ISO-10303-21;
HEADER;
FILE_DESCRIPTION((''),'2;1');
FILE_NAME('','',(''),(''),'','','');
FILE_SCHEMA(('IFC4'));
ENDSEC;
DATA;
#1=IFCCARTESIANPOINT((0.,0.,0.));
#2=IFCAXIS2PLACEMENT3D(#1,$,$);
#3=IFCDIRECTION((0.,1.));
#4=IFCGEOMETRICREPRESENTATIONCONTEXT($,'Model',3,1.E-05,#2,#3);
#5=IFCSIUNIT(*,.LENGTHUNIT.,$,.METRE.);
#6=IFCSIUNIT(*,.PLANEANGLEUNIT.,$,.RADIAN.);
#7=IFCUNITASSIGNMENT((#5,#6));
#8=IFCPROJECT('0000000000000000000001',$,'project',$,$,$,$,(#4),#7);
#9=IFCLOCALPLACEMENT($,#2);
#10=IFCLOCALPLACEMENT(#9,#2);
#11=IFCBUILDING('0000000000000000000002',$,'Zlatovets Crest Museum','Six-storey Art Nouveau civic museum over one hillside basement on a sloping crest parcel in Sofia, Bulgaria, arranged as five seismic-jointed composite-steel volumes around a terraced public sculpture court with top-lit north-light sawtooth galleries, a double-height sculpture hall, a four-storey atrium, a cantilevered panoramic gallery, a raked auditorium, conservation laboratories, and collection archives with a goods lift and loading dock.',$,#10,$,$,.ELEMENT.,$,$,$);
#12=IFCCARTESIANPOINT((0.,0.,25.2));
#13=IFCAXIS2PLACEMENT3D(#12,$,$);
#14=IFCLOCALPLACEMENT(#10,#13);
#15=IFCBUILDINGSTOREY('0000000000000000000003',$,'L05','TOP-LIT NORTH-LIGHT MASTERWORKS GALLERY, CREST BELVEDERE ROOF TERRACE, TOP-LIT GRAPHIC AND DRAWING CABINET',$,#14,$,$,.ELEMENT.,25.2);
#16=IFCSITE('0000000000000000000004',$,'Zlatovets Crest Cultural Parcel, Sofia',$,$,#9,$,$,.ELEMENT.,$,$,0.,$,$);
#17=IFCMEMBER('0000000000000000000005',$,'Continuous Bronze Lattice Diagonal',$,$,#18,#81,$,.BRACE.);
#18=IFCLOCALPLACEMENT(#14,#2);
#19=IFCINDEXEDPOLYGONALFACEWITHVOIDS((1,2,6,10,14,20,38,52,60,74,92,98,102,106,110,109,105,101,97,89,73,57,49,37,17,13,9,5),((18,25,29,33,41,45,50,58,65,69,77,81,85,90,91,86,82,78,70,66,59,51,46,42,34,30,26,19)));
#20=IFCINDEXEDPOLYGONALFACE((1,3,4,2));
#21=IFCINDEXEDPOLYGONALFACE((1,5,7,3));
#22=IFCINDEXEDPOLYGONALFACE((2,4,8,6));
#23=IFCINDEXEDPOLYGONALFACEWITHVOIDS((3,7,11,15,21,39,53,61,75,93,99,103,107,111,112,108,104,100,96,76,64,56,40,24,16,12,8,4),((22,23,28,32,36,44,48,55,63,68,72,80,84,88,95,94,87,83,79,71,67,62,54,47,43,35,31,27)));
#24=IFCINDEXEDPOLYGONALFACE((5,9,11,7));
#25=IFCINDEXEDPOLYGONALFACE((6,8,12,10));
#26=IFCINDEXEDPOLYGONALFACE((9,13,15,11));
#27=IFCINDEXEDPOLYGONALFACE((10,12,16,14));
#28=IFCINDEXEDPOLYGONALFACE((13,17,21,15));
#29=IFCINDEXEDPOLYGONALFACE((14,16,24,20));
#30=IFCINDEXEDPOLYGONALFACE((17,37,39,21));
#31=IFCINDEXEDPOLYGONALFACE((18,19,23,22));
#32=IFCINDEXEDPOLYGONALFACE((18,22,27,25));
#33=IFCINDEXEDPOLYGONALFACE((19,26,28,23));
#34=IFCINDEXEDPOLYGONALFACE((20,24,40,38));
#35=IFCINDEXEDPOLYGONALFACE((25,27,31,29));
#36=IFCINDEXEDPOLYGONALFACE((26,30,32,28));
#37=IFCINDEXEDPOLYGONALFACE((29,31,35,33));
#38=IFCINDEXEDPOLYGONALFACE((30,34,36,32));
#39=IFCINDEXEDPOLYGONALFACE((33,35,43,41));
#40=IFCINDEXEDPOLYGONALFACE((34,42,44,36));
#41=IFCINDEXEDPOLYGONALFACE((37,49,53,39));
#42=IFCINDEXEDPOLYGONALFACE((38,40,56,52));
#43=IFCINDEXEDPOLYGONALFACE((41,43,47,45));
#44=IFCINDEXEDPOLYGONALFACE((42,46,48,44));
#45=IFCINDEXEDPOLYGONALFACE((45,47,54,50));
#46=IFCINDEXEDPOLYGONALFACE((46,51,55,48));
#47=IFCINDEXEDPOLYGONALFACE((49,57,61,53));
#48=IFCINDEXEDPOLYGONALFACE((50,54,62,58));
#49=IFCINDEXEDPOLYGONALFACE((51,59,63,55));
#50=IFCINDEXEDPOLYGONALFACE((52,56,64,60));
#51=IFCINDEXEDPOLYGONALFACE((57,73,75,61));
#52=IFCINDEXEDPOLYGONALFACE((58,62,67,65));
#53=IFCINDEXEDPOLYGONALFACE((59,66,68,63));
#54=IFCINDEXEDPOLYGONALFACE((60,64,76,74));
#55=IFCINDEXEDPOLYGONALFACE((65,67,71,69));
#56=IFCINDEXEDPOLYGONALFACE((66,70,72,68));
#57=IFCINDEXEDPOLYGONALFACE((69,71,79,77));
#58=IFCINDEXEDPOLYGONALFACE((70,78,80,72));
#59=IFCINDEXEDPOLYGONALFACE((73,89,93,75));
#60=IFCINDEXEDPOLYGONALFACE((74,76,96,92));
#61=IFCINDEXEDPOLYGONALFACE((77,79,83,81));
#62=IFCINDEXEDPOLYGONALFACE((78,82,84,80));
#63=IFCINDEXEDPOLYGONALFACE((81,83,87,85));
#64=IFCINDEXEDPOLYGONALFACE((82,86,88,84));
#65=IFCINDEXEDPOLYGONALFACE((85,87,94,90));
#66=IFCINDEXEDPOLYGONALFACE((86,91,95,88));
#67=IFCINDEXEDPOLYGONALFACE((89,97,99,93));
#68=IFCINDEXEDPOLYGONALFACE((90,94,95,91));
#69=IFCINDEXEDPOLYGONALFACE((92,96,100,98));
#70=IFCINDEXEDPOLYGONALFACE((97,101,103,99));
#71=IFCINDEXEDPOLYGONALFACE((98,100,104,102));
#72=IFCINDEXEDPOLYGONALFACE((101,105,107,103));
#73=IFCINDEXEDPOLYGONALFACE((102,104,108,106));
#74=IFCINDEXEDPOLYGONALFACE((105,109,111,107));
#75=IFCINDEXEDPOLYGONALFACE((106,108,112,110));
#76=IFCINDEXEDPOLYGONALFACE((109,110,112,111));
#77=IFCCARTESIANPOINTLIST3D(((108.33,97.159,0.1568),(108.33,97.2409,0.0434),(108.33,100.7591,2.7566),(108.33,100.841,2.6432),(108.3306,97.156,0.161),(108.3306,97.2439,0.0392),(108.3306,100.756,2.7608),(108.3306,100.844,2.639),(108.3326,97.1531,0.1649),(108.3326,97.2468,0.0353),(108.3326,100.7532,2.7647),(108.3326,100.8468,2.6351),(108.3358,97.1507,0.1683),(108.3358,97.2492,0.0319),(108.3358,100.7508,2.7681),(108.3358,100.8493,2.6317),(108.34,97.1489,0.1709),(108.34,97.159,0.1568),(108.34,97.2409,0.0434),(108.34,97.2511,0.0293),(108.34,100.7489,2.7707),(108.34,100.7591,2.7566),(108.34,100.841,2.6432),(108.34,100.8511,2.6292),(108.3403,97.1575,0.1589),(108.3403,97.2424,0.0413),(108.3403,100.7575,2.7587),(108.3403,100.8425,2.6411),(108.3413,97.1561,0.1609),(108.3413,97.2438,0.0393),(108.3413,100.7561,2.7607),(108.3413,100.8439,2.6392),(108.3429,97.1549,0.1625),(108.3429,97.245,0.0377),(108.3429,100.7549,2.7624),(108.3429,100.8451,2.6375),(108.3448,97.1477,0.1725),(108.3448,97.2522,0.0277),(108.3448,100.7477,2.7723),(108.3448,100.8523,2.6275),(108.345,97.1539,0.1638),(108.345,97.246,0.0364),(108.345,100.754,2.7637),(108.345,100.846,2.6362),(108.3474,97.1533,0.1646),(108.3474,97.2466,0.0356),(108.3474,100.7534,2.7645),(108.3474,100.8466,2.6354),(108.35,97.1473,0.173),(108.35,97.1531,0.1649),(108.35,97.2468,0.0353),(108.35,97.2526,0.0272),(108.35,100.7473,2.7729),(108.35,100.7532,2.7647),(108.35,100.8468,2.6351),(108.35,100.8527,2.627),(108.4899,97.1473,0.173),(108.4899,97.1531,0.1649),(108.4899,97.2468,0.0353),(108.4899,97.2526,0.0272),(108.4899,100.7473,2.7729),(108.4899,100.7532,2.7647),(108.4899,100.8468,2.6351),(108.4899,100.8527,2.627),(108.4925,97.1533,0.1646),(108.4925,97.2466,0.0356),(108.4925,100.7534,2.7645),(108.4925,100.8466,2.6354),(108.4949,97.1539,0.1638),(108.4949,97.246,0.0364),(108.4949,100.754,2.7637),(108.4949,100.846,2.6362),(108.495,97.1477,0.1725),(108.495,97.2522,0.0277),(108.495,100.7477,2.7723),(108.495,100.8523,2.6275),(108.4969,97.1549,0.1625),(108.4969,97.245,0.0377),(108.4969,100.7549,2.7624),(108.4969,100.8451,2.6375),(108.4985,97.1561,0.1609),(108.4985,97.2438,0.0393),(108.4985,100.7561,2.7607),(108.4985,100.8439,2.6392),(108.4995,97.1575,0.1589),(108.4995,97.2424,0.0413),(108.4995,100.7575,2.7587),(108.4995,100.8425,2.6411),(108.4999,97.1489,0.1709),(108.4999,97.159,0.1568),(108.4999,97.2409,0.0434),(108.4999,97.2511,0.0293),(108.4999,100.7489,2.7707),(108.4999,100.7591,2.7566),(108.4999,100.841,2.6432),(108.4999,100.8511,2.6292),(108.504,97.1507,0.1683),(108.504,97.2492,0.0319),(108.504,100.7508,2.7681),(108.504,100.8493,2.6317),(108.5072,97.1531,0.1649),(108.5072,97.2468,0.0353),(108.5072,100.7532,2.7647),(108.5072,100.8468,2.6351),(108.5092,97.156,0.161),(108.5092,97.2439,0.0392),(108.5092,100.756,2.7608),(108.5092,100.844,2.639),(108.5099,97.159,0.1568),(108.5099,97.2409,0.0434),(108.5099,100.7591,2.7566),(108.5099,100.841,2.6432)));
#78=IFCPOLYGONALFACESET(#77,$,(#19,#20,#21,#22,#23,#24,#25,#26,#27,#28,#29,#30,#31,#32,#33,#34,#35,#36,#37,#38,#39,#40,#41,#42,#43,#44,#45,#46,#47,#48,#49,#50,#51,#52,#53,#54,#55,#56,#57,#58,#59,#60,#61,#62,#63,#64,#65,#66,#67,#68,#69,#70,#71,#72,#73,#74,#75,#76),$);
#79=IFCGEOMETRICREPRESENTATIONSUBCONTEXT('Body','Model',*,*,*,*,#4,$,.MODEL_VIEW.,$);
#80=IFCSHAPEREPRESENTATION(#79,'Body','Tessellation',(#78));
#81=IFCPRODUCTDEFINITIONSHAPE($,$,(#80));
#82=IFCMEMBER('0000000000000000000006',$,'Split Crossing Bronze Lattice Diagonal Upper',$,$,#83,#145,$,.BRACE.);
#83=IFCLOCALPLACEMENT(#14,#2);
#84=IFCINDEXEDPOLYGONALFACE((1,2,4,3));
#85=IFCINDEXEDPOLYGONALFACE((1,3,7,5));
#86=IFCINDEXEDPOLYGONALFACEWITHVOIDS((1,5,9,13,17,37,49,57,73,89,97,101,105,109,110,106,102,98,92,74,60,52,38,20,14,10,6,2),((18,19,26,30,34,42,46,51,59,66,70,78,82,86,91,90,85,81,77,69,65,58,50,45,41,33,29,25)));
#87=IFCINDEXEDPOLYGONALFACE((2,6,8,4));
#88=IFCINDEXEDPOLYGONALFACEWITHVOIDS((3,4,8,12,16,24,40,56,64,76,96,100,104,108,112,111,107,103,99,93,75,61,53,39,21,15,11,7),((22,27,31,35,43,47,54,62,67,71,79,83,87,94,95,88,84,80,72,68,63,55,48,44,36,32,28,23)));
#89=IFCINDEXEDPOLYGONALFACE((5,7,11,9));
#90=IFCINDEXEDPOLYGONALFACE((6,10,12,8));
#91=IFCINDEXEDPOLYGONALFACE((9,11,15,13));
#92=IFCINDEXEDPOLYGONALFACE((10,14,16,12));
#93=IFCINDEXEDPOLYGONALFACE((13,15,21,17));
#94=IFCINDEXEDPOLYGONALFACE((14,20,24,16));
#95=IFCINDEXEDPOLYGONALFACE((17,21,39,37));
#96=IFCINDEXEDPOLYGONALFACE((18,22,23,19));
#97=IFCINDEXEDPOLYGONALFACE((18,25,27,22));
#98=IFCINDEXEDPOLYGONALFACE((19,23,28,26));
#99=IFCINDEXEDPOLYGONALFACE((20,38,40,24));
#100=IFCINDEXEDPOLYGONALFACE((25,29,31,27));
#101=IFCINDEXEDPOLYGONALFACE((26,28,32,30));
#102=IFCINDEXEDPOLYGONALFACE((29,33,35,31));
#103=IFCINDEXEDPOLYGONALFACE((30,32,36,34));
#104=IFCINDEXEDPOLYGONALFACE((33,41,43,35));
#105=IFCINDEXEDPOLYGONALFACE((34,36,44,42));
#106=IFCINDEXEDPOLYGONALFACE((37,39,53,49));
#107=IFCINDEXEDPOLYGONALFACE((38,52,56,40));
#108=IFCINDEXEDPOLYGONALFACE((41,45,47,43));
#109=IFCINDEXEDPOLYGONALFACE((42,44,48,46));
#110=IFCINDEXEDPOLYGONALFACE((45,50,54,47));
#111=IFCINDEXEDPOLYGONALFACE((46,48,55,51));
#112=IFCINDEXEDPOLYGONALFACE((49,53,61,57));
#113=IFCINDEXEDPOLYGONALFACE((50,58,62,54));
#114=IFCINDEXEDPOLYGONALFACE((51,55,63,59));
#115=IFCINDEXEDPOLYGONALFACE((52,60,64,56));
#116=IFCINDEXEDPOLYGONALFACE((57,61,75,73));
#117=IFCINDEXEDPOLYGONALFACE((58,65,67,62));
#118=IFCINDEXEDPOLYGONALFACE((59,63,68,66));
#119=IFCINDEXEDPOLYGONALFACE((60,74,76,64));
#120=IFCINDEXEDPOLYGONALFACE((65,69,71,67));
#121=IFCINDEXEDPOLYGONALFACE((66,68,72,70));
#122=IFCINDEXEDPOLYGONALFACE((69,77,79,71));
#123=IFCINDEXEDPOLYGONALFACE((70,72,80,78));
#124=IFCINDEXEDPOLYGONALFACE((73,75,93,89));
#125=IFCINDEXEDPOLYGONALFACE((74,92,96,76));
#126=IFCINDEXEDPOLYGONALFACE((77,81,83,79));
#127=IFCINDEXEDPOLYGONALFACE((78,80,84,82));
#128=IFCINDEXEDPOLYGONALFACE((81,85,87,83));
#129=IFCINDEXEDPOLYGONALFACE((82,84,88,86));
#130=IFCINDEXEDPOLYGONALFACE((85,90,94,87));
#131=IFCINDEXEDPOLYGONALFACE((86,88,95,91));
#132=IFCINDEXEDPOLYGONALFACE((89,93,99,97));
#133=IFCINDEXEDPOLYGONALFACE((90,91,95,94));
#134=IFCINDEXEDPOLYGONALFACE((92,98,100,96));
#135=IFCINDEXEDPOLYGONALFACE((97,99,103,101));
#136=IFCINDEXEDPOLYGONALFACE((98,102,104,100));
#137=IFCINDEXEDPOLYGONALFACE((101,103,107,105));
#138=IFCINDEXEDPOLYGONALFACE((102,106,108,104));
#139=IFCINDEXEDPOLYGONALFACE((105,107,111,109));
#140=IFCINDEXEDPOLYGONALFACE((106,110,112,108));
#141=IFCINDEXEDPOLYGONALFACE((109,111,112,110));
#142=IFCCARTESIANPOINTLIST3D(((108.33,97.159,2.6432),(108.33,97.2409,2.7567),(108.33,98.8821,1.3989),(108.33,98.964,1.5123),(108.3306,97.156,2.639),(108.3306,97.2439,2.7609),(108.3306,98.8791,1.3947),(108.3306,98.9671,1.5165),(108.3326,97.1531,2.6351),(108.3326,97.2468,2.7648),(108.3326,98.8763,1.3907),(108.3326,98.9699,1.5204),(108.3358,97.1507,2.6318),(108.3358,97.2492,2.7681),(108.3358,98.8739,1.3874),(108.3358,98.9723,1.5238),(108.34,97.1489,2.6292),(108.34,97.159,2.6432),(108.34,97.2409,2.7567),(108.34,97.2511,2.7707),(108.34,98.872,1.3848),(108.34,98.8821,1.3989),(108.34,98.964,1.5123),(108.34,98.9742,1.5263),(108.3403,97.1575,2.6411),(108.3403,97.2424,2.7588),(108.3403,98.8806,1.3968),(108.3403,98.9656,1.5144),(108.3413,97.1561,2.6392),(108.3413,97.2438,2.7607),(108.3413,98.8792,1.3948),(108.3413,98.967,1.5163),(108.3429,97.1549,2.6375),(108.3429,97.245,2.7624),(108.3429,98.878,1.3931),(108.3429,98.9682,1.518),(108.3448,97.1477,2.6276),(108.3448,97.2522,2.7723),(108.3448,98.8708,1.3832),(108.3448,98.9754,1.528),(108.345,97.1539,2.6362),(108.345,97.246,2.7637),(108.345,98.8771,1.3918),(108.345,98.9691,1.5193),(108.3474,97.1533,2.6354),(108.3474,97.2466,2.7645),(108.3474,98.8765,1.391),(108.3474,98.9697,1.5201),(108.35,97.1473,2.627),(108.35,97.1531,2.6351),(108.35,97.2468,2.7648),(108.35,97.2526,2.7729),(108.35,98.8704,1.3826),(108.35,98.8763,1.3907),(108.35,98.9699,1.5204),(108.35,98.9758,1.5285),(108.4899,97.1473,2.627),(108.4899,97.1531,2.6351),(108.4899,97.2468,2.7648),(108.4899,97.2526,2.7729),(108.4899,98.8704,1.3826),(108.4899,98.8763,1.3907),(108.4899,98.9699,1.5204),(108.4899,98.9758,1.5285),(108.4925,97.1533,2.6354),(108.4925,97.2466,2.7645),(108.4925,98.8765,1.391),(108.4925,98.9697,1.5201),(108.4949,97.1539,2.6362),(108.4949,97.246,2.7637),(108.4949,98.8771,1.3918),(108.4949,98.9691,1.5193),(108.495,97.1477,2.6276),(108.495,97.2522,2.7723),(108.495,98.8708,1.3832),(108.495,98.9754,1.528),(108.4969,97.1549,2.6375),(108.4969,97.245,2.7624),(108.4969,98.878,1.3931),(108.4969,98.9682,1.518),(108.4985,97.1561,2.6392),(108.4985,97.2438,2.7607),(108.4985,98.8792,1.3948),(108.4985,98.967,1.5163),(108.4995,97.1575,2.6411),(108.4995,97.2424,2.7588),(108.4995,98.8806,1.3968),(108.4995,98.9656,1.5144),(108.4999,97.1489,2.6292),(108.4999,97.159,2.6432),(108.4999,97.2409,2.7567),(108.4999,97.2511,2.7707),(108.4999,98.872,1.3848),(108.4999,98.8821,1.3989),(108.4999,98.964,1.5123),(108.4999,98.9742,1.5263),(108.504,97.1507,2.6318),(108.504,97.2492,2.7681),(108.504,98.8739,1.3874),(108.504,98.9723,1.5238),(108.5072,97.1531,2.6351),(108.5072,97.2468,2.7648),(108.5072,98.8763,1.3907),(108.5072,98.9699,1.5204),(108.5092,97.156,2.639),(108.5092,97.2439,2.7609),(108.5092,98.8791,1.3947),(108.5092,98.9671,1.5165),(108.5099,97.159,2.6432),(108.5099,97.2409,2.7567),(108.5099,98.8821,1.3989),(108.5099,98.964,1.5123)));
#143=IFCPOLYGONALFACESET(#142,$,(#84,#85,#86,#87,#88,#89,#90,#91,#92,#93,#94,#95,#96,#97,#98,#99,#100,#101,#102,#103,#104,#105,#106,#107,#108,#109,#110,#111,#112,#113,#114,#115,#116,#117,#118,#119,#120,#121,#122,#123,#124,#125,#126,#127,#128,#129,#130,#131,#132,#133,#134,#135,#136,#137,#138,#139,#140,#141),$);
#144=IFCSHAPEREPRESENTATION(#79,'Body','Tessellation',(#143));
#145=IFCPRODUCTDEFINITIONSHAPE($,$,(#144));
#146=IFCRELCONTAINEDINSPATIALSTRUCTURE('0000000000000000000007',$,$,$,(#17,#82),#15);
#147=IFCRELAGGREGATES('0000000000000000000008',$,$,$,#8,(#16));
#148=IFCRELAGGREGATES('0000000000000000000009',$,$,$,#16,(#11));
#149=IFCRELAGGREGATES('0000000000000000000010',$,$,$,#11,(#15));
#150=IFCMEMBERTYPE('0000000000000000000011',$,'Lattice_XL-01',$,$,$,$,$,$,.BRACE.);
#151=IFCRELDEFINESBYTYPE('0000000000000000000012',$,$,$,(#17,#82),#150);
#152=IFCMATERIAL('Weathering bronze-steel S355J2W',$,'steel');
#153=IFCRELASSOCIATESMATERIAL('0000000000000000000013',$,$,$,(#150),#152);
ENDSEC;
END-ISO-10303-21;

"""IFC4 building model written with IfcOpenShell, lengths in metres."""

from ifc_helpers import new_model, si_unit, direction, frame, origin, origin_2d, place, context, subcontext, project, spatial, hollow_rectangle, extrude, material, material_profile, profile_set, type_object, element, save


model = new_model("IFC4")

# Units and contexts
model_context = context("Model", 3, precision=1e-05, world=origin(), true_north=direction((0.0, 1.0)))
body_context = subcontext(model_context, "Body", "Model", "MODEL_VIEW")
ifc_project = project(units=[si_unit("LENGTHUNIT", "METRE"), si_unit("PLANEANGLEUNIT", "RADIAN")], contexts=[model_context])

# Site, building, storey
site_placement = place(None, origin())
site = spatial("IfcSite", under=ifc_project, at=site_placement, Name="Zlatovets Crest Cultural Parcel, Sofia", CompositionType="ELEMENT", RefElevation=0.0)
building_placement = place(site_placement, origin())
building = spatial("IfcBuilding", under=site, at=building_placement, Name="Zlatovets Crest Museum", Description="Six-storey Art Nouveau civic museum over one hillside basement on a sloping crest parcel in Sofia, Bulgaria, arranged as five seismic-jointed composite-steel volumes around a terraced public sculpture court with top-lit north-light sawtooth galleries, a double-height sculpture hall, a four-storey atrium, a cantilevered panoramic gallery, a raked auditorium, conservation laboratories, and collection archives with a goods lift and loading dock.", CompositionType="ELEMENT")
storey_placement = place(building_placement, frame((0.0, 0.0, 25.2)))
storey = spatial("IfcBuildingStorey", under=building, at=storey_placement, Name="L05", Description="TOP-LIT NORTH-LIGHT MASTERWORKS GALLERY, CREST BELVEDERE ROOF TERRACE, TOP-LIT GRAPHIC AND DRAWING CABINET", CompositionType="ELEMENT", Elevation=25.2)

# Members
ifc_material_1 = material(Name="Weathering bronze-steel S355J2W", Category="steel")
ifc_material_profile_1 = material_profile(ifc_material_1, hollow_rectangle(XDim=0.1799, YDim=0.1799, WallThickness=0.01, InnerFilletRadius=0.01, OuterFilletRadius=0.02, at=origin_2d()), Name="SHS 180x180x10.0")
ifc_profile_set_1 = profile_set([ifc_material_profile_1], Name="Weathering bronze-steel S355J2W")
member_type_1 = type_object("IfcMemberType", Name="Lattice_XL-01", PredefinedType="BRACE", material=ifc_profile_set_1)
member_1_placement = place(storey_placement, frame((108.4199, 97.2, 0.1001), z_axis=(0.0, 0.810702, 0.585458), x_axis=(-1.0, 0.0, 0.0)))
element("IfcMember", 1, at=member_1_placement, inside=storey, type_object=member_type_1, Name="Continuous Bronze Lattice Diagonal", PredefinedType="BRACE", context=body_context, shape_type="SweptSolid", body=[
    extrude(hollow_rectangle(XDim=0.1799, YDim=0.1799, WallThickness=0.01, InnerFilletRadius=0.01, OuterFilletRadius=0.02, at=origin_2d()), origin(), (0.0, 0.0, 1.0), 4.4407),
])
for number, where, z_axis, x_axis, name in (
    (2, (108.4199, 97.2, 2.7), (0.0, 0.810703, -0.585457), (-1.0, 0.0, 0.0), "Split Crossing Bronze Lattice Diagonal Upper"),
):
    element("IfcMember", number, at=place(storey_placement, frame(where, z_axis=z_axis, x_axis=x_axis)), inside=storey, type_object=member_type_1, Name=name, PredefinedType="BRACE", context=body_context, shape_type="SweptSolid", body=[
        extrude(hollow_rectangle(XDim=0.1799, YDim=0.1799, WallThickness=0.01, InnerFilletRadius=0.01, OuterFilletRadius=0.02, at=origin_2d()), origin(), (0.0, 0.0, 1.0), 2.1255),
    ])

save(model, "model.ifc")
